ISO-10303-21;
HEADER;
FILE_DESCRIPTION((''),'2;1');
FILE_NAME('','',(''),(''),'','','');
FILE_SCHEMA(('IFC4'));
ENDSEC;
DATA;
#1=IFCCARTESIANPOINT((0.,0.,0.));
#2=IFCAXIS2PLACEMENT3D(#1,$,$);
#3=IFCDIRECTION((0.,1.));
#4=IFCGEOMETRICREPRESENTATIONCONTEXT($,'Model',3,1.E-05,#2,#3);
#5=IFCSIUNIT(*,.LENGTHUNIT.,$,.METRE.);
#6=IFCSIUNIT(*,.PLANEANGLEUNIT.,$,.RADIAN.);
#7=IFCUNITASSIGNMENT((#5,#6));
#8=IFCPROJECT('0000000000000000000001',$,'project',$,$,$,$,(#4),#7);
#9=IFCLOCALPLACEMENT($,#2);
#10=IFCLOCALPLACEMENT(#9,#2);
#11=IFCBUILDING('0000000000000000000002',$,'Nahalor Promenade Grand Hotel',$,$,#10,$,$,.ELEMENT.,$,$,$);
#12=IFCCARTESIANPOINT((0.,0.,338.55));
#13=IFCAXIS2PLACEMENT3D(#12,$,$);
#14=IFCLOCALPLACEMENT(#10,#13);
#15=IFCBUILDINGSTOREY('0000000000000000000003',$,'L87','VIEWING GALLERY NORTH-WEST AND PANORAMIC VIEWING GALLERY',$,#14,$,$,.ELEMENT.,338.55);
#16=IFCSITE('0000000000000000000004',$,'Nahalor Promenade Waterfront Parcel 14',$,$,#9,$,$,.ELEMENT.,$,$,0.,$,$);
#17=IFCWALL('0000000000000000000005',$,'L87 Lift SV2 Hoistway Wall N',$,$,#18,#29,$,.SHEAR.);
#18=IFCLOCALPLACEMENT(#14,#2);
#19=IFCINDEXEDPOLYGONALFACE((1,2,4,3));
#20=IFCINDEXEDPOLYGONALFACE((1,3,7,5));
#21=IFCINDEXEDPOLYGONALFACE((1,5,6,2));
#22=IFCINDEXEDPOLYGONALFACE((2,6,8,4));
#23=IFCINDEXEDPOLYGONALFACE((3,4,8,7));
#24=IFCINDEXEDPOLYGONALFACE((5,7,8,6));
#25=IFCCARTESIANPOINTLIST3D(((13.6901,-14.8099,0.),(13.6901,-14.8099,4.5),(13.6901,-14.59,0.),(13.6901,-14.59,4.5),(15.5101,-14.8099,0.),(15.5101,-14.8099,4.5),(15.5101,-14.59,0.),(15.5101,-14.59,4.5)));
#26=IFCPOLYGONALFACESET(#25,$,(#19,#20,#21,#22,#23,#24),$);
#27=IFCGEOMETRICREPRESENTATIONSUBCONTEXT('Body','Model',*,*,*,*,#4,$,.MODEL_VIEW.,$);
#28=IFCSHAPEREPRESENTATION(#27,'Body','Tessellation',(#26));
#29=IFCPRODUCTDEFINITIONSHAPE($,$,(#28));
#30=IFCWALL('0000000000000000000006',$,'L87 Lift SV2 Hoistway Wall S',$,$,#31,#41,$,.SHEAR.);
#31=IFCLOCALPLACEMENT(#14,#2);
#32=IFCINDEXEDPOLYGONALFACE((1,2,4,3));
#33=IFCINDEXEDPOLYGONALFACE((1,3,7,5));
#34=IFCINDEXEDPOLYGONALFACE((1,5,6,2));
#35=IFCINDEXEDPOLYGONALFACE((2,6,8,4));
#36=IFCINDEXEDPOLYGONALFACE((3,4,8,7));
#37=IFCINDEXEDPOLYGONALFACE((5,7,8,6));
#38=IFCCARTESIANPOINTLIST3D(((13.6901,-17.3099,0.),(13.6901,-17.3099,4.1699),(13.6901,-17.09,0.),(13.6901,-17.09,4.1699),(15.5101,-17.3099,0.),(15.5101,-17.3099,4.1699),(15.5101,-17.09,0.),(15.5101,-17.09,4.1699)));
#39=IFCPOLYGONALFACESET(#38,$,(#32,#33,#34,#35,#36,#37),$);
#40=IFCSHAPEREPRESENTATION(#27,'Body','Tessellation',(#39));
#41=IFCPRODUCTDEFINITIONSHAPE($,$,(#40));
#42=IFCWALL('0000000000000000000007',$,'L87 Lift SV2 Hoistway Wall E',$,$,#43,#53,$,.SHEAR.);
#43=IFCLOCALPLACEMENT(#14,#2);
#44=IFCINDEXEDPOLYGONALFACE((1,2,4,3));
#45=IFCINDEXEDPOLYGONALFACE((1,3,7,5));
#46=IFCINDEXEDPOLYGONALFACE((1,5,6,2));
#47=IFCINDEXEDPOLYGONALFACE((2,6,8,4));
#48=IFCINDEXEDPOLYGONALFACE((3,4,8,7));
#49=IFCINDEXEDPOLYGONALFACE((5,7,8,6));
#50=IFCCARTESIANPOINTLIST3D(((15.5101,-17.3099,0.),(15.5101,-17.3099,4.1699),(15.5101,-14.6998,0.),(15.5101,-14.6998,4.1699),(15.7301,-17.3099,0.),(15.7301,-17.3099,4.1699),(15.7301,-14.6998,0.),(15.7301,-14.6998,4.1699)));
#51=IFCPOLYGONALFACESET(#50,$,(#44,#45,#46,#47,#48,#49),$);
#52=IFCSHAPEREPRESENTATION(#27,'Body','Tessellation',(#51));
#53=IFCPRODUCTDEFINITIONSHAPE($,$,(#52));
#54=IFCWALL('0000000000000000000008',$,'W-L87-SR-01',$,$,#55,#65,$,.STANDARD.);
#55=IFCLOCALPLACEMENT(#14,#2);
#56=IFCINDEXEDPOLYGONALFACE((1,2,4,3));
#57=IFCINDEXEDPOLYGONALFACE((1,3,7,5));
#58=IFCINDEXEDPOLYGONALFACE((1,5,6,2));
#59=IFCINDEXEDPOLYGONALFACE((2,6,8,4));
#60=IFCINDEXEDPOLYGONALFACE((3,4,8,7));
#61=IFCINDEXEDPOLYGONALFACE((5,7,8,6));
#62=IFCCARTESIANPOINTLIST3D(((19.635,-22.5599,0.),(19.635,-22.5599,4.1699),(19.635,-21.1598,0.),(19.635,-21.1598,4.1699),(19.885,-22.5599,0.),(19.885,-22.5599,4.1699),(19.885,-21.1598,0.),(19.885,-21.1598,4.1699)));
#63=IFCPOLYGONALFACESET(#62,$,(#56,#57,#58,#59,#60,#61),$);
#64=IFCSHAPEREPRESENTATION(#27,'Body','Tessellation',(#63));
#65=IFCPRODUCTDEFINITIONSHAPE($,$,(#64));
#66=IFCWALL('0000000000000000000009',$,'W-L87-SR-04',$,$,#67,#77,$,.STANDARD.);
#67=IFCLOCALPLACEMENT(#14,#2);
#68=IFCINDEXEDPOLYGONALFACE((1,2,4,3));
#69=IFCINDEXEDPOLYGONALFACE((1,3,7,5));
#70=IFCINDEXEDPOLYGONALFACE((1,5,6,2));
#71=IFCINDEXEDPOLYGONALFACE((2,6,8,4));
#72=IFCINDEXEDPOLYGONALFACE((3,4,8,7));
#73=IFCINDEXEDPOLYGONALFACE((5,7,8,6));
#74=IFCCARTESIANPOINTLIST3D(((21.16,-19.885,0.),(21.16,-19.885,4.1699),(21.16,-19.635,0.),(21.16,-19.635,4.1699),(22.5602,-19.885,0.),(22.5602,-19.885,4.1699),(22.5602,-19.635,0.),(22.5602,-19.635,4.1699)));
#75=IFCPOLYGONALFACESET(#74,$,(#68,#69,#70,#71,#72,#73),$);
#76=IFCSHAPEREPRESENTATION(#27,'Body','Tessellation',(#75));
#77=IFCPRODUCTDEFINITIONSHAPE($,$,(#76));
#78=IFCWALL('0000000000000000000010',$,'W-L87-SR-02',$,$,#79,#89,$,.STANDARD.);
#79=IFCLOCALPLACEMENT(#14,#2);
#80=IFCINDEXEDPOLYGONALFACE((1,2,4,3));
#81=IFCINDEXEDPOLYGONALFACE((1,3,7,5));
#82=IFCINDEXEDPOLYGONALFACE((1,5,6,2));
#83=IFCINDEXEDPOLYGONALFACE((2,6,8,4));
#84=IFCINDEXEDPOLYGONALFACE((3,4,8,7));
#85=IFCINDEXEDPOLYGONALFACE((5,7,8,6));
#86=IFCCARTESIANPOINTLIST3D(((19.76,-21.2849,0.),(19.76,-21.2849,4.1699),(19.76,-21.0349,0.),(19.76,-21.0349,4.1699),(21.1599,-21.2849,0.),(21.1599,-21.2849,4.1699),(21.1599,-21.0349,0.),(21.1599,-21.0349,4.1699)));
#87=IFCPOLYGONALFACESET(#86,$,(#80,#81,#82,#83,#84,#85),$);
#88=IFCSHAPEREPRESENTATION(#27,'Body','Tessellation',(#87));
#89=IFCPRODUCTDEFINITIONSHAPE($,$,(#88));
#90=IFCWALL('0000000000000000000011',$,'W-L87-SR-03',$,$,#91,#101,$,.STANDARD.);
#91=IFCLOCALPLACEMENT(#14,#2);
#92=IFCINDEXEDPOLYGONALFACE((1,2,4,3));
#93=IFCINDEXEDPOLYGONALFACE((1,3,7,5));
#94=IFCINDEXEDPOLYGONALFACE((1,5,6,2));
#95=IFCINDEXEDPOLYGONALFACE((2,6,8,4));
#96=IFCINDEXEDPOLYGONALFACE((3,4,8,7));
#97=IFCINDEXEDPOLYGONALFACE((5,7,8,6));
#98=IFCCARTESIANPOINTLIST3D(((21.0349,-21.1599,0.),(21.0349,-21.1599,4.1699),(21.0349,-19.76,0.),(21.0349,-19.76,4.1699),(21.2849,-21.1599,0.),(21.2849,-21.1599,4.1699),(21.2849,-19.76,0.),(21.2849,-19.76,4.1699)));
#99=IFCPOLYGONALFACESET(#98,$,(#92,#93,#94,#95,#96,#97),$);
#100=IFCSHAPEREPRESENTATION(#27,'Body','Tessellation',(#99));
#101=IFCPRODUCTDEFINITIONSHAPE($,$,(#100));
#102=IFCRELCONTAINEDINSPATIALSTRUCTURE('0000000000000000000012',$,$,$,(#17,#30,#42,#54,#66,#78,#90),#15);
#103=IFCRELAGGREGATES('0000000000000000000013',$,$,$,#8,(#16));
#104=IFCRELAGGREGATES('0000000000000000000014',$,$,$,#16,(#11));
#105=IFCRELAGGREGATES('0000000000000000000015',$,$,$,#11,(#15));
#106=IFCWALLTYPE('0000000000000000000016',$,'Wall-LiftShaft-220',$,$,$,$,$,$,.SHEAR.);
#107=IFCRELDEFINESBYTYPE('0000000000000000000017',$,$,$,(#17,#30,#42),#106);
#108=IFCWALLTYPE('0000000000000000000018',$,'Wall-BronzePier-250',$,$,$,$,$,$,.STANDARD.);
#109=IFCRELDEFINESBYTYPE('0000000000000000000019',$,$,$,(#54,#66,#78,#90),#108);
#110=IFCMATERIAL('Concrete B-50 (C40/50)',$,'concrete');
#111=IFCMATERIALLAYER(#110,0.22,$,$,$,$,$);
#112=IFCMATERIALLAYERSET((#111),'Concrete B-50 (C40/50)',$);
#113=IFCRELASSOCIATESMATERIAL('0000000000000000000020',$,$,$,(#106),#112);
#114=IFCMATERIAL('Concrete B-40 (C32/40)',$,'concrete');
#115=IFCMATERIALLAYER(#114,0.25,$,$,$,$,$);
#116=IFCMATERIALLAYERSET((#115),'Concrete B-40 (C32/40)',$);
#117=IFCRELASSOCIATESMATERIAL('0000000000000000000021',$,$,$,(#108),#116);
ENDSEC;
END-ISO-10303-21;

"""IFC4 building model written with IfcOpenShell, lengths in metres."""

from ifc_helpers import new_model, si_unit, direction, frame, frame_2d, origin, place, context, subcontext, project, spatial, rectangle, extrude, source, transform, mapped, material, layer, layer_set, type_object, element, save


model = new_model("IFC4")

# Units and contexts
model_context = context("Model", 3, precision=1e-05, world=origin(), true_north=direction((0.0, 1.0)))
body_context = subcontext(model_context, "Body", "Model", "MODEL_VIEW")
ifc_project = project(units=[si_unit("LENGTHUNIT", "METRE"), si_unit("PLANEANGLEUNIT", "RADIAN")], contexts=[model_context])

# Site, building, storey
site_placement = place(None, origin())
site = spatial("IfcSite", under=ifc_project, at=site_placement, Name="Nahalor Promenade Waterfront Parcel 14", CompositionType="ELEMENT", RefElevation=0.0)
building_placement = place(site_placement, origin())
building = spatial("IfcBuilding", under=site, at=building_placement, Name="Nahalor Promenade Grand Hotel", CompositionType="ELEMENT")
storey_placement = place(building_placement, frame((0.0, 0.0, 338.55)))
storey = spatial("IfcBuildingStorey", under=building, at=storey_placement, Name="L87", Description="VIEWING GALLERY NORTH-WEST AND PANORAMIC VIEWING GALLERY", CompositionType="ELEMENT", Elevation=338.55)

# Shared definitions
ifc_material_1 = material(Name="Concrete B-50 (C40/50)", Category="concrete")

# Walls
ifc_layer_1 = layer(ifc_material_1, 0.22)
ifc_layer_set_1 = layer_set([ifc_layer_1], Name="Concrete B-50 (C40/50)")
wall_type_1 = type_object("IfcWallType", Name="Wall-LiftShaft-220", PredefinedType="SHEAR", material=ifc_layer_set_1)
shared_shape_1 = source(origin(), body_context, "Body", "SweptSolid", [
    extrude(rectangle(XDim=1.8201, YDim=0.22, at=frame_2d((0.9102, 0.0))), origin(), (0.0, 0.0, 1.0), 4.5),
])
wall_1_placement = place(storey_placement, frame((13.6899, -14.7, 0.0), z_axis=(0.0, 0.0, 1.0), x_axis=(1.0, 0.0, 0.0)))
element("IfcWall", 1, at=wall_1_placement, inside=storey, type_object=wall_type_1, Name="L87 Lift SV2 Hoistway Wall N", PredefinedType="SHEAR", context=body_context, shape_type="MappedRepresentation", body=[
    mapped(shared_shape_1, transform((0.0, 0.0, 0.0), scale=1.0)),
])
shared_shape_2 = source(origin(), body_context, "Body", "SweptSolid", [
    extrude(rectangle(XDim=1.8201, YDim=0.22, at=frame_2d((0.9102, 0.0))), origin(), (0.0, 0.0, 1.0), 4.1699),
])
wall_2_placement = place(storey_placement, frame((13.6899, -17.2, 0.0), z_axis=(0.0, 0.0, 1.0), x_axis=(1.0, 0.0, 0.0)))
element("IfcWall", 2, at=wall_2_placement, inside=storey, type_object=wall_type_1, Name="L87 Lift SV2 Hoistway Wall S", PredefinedType="SHEAR", context=body_context, shape_type="MappedRepresentation", body=[
    mapped(shared_shape_2, transform((0.0, 0.0, 0.0), scale=1.0)),
])
shared_shape_3 = source(origin(), body_context, "Body", "SweptSolid", [
    extrude(rectangle(XDim=2.6101, YDim=0.22, at=frame_2d((1.3052, 0.0))), origin(), (0.0, 0.0, 1.0), 4.1699),
])
wall_3_placement = place(storey_placement, frame((15.6201, -17.3101, 0.0), z_axis=(0.0, 0.0, 1.0), x_axis=(0.0, 1.0, 0.0)))
element("IfcWall", 3, at=wall_3_placement, inside=storey, type_object=wall_type_1, Name="L87 Lift SV2 Hoistway Wall E", PredefinedType="SHEAR", context=body_context, shape_type="MappedRepresentation", body=[
    mapped(shared_shape_3, transform((0.0, 0.0, 0.0), scale=1.0)),
])
ifc_material_2 = material(Name="Concrete B-40 (C32/40)", Category="concrete")
ifc_layer_2 = layer(ifc_material_2, 0.25)
ifc_layer_set_2 = layer_set([ifc_layer_2], Name="Concrete B-40 (C32/40)")
wall_type_2 = type_object("IfcWallType", Name="Wall-BronzePier-250", PredefinedType="STANDARD", material=ifc_layer_set_2)
shared_shape_4 = source(origin(), body_context, "Body", "SweptSolid", [
    extrude(rectangle(XDim=1.4001, YDim=0.25, at=frame_2d((0.7002, 0.0))), origin(), (0.0, 0.0, 1.0), 4.1699),
])
for number, where, z_axis, x_axis, name in (
    (4, (19.76, -22.5601, 0.0), (0.0, 0.0, 1.0), (0.0, 1.0, 0.0), "W-L87-SR-01"),
    (5, (21.1599, -19.76, 0.0), (0.0, 0.0, 1.0), (1.0, 0.0, 0.0), "W-L87-SR-04"),
):
    element("IfcWall", number, at=place(storey_placement, frame(where, z_axis=z_axis, x_axis=x_axis)), inside=storey, type_object=wall_type_2, Name=name, PredefinedType="STANDARD", context=body_context, shape_type="MappedRepresentation", body=[
        mapped(shared_shape_4, transform((0.0, 0.0, 0.0), scale=1.0)),
    ])
shared_shape_5 = source(origin(), body_context, "Body", "SweptSolid", [
    extrude(rectangle(XDim=1.3999, YDim=0.25, at=frame_2d((0.7, 0.0))), origin(), (0.0, 0.0, 1.0), 4.1699),
])
for number, where, z_axis, x_axis, name in (
    (6, (19.76, -21.1599, 0.0), (0.0, 0.0, 1.0), (1.0, 0.0, 0.0), "W-L87-SR-02"),
    (7, (21.1599, -21.1599, 0.0), (0.0, 0.0, 1.0), (0.0, 1.0, 0.0), "W-L87-SR-03"),
):
    element("IfcWall", number, at=place(storey_placement, frame(where, z_axis=z_axis, x_axis=x_axis)), inside=storey, type_object=wall_type_2, Name=name, PredefinedType="STANDARD", context=body_context, shape_type="MappedRepresentation", body=[
        mapped(shared_shape_5, transform((0.0, 0.0, 0.0), scale=1.0)),
    ])

save(model, "model.ifc")
